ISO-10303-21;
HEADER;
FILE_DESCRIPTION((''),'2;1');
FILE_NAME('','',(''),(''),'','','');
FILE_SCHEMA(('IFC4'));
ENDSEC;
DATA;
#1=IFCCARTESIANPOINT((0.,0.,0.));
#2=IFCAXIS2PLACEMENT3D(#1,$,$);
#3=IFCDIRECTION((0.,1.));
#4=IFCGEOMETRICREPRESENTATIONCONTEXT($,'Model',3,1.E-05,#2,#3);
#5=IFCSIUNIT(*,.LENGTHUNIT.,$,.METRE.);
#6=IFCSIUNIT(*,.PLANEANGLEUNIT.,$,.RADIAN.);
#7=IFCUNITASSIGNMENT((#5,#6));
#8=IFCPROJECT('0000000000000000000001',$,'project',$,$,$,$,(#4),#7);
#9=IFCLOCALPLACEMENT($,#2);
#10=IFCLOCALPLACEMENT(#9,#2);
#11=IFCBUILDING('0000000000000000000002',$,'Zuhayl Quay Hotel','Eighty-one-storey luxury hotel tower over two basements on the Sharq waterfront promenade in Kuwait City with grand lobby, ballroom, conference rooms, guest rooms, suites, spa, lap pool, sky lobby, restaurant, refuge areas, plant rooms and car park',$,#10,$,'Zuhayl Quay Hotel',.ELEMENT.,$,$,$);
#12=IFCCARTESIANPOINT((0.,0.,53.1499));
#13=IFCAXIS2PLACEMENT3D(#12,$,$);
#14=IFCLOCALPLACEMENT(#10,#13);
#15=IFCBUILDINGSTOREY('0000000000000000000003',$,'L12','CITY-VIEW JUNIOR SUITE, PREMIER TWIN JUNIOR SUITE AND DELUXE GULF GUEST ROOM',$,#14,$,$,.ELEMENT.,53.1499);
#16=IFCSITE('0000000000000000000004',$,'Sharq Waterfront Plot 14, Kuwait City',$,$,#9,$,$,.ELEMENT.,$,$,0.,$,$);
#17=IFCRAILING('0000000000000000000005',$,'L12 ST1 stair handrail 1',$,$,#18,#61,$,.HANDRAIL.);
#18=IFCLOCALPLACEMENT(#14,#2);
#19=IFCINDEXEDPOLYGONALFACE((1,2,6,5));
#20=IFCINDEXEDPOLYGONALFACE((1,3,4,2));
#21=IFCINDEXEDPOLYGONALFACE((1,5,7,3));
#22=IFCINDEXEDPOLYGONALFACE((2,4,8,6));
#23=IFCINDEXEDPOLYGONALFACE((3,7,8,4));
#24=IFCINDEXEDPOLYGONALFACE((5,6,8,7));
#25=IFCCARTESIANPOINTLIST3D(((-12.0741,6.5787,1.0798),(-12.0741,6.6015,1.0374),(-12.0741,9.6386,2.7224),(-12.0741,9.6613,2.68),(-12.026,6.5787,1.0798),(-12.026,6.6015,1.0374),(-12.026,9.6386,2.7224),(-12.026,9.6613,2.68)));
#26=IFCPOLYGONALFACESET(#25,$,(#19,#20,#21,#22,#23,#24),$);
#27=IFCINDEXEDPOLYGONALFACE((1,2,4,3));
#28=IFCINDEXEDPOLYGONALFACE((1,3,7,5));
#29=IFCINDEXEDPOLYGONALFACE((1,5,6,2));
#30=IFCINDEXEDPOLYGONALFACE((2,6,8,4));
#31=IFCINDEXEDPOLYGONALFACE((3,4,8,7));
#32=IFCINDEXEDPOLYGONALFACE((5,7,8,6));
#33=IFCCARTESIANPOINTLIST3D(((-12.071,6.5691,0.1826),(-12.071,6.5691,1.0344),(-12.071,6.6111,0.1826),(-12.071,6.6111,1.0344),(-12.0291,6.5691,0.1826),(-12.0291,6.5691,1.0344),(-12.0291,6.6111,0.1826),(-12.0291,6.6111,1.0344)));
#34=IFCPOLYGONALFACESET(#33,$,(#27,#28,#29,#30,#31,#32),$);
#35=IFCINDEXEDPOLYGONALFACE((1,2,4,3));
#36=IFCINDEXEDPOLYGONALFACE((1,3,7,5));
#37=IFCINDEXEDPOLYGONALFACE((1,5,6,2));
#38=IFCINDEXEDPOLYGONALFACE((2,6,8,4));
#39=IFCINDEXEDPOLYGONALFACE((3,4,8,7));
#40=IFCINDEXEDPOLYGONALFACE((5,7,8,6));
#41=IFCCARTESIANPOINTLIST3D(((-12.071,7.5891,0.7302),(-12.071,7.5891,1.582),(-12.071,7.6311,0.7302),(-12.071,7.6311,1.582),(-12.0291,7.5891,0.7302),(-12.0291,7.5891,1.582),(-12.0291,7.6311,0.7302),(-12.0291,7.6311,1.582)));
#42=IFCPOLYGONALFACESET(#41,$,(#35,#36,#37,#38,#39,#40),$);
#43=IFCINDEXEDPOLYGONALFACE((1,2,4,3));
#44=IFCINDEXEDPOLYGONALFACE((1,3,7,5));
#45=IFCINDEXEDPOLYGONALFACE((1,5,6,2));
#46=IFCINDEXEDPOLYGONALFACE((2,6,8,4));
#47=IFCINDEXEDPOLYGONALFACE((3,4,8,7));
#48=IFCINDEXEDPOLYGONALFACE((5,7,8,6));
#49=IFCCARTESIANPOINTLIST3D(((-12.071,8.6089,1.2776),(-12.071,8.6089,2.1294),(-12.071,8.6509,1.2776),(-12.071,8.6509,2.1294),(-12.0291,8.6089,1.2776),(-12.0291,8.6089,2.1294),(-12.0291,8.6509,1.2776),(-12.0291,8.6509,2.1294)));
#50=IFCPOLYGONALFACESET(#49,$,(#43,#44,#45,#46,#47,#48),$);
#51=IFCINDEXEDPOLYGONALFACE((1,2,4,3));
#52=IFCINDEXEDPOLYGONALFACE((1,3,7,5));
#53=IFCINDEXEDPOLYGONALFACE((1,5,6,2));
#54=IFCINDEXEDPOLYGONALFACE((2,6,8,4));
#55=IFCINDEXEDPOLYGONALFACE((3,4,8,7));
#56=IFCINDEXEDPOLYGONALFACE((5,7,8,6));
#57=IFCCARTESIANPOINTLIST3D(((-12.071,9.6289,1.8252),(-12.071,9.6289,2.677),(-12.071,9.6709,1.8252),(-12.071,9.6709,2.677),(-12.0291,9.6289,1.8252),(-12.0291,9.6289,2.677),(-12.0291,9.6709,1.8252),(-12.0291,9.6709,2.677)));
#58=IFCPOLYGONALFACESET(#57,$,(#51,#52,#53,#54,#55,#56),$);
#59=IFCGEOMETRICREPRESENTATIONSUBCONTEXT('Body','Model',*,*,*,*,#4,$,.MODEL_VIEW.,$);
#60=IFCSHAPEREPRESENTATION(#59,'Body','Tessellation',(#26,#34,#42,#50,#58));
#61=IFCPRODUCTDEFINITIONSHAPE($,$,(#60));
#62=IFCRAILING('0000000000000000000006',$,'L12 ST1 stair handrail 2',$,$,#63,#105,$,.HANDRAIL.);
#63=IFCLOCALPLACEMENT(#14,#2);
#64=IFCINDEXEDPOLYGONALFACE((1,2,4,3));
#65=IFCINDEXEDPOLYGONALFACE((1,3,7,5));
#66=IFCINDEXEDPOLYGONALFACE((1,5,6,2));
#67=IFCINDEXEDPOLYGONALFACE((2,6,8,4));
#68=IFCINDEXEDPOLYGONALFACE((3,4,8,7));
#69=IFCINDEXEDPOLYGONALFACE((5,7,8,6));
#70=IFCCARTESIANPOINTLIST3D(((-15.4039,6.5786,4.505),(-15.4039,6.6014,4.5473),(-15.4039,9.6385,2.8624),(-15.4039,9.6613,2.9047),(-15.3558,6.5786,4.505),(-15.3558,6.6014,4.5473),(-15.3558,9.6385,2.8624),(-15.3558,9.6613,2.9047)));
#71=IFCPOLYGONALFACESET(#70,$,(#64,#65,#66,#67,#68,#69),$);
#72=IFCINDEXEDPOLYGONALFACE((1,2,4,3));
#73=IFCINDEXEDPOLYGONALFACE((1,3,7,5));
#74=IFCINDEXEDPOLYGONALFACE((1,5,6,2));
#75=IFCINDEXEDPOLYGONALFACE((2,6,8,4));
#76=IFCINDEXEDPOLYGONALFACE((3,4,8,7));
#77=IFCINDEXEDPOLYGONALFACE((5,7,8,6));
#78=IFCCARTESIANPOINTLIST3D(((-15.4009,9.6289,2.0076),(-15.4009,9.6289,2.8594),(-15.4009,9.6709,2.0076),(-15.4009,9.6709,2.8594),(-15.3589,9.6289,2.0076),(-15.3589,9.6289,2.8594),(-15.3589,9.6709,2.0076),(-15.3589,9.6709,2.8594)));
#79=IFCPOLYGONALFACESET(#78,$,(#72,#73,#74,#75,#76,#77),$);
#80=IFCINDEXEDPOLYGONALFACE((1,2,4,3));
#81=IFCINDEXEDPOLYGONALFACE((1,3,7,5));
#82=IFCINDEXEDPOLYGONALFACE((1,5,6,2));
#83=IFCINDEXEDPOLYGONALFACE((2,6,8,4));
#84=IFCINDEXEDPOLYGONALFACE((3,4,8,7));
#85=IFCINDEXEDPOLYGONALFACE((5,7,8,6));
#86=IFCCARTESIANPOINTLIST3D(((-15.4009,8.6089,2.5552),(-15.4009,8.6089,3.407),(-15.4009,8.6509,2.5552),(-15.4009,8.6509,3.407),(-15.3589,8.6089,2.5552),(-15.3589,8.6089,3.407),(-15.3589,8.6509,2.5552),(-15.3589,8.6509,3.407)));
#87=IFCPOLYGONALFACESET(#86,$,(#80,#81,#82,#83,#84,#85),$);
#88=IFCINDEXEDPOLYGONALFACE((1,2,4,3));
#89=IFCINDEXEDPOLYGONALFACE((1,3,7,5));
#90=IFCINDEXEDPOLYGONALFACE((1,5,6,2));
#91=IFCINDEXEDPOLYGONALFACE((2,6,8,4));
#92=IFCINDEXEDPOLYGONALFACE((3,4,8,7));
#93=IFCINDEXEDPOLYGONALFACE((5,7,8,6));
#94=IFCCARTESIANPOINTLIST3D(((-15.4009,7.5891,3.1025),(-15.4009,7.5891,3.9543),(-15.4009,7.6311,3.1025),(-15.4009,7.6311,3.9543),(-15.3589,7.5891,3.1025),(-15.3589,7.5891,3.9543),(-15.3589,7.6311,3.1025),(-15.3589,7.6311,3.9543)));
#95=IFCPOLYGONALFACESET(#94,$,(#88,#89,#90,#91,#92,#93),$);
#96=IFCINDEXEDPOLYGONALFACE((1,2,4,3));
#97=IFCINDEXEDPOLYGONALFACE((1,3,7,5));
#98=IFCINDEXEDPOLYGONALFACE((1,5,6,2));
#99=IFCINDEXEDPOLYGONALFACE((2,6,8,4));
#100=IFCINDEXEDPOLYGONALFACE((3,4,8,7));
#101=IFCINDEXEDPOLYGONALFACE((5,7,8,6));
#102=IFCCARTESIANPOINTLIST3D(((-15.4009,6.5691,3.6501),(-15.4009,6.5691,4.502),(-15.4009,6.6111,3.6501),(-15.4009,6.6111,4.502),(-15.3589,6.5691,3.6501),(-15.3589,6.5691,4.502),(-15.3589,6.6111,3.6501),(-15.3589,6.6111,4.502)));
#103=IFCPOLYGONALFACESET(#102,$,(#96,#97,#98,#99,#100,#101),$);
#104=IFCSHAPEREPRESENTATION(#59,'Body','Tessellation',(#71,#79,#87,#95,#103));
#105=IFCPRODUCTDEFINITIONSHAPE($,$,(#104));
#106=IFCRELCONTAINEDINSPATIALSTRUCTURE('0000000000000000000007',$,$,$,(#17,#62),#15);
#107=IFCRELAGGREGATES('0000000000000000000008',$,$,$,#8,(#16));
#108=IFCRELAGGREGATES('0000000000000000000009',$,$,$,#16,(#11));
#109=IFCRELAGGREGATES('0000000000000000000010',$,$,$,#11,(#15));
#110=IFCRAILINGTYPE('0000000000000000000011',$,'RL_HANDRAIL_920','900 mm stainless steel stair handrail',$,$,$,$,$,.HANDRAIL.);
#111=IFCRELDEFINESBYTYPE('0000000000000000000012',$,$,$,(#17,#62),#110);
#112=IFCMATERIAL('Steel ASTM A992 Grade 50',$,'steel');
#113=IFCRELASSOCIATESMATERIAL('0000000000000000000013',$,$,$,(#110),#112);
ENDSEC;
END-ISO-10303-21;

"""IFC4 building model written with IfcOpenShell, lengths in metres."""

from ifc_helpers import new_model, si_unit, direction, frame, origin, origin_2d, place, context, subcontext, project, spatial, rectangle, extrude, material, type_object, element, save


model = new_model("IFC4")

# Units and contexts
model_context = context("Model", 3, precision=1e-05, world=origin(), true_north=direction((0.0, 1.0)))
body_context = subcontext(model_context, "Body", "Model", "MODEL_VIEW")
ifc_project = project(units=[si_unit("LENGTHUNIT", "METRE"), si_unit("PLANEANGLEUNIT", "RADIAN")], contexts=[model_context])

# Site, building, storey
site_placement = place(None, origin())
site = spatial("IfcSite", under=ifc_project, at=site_placement, Name="Sharq Waterfront Plot 14, Kuwait City", CompositionType="ELEMENT", RefElevation=0.0)
building_placement = place(site_placement, origin())
building = spatial("IfcBuilding", under=site, at=building_placement, Name="Zuhayl Quay Hotel", Description="Eighty-one-storey luxury hotel tower over two basements on the Sharq waterfront promenade in Kuwait City with grand lobby, ballroom, conference rooms, guest rooms, suites, spa, lap pool, sky lobby, restaurant, refuge areas, plant rooms and car park", LongName="Zuhayl Quay Hotel", CompositionType="ELEMENT")
storey_placement = place(building_placement, frame((0.0, 0.0, 53.1499)))
storey = spatial("IfcBuildingStorey", under=building, at=storey_placement, Name="L12", Description="CITY-VIEW JUNIOR SUITE, PREMIER TWIN JUNIOR SUITE AND DELUXE GULF GUEST ROOM", CompositionType="ELEMENT", Elevation=53.1499)

# Shared definitions
ifc_material_1 = material(Name="Steel ASTM A992 Grade 50", Category="steel")

# Railings
railing_type_1 = type_object("IfcRailingType", Name="RL_HANDRAIL_920", Description="900 mm stainless steel stair handrail", PredefinedType="HANDRAIL", material=ifc_material_1)
railing_1_placement = place(storey_placement, frame((-12.05, 6.5901, 0.1826)))
element("IfcRailing", 1, at=railing_1_placement, inside=storey, type_object=railing_type_1, Name="L12 ST1 stair handrail 1", PredefinedType="HANDRAIL", context=body_context, shape_type="SweptSolid", body=[
    extrude(rectangle(XDim=0.0481, YDim=0.0481, at=origin_2d()), frame((0.0, 0.0, 0.876), z_axis=(0.0, 0.881073, 0.47298), x_axis=(-1.0, 0.0, 0.0)), (0.0, 0.0, 1.0), 3.4729),
    extrude(rectangle(XDim=0.042, YDim=0.042, at=origin_2d()), origin(), (0.0, 0.0, 1.0), 0.8518),
    extrude(rectangle(XDim=0.042, YDim=0.042, at=origin_2d()), frame((0.0, 1.02, 0.5476)), (0.0, 0.0, 1.0), 0.8518),
    extrude(rectangle(XDim=0.042, YDim=0.042, at=origin_2d()), frame((0.0, 2.0398, 1.095)), (0.0, 0.0, 1.0), 0.8518),
    extrude(rectangle(XDim=0.042, YDim=0.042, at=origin_2d()), frame((0.0, 3.0598, 1.6426)), (0.0, 0.0, 1.0), 0.8518),
])
railing_2_placement = place(storey_placement, frame((-15.3799, 9.6499, 2.0076)))
element("IfcRailing", 2, at=railing_2_placement, inside=storey, type_object=railing_type_1, Name="L12 ST1 stair handrail 2", PredefinedType="HANDRAIL", context=body_context, shape_type="SweptSolid", body=[
    extrude(rectangle(XDim=0.0481, YDim=0.0481, at=origin_2d()), frame((0.0, 0.0, 0.876), z_axis=(0.0, -0.881073, 0.47298), x_axis=(1.0, 0.0, 0.0)), (0.0, 0.0, 1.0), 3.4729),
    extrude(rectangle(XDim=0.042, YDim=0.042, at=origin_2d()), origin(), (0.0, 0.0, 1.0), 0.8518),
    extrude(rectangle(XDim=0.042, YDim=0.042, at=origin_2d()), frame((0.0, -1.02, 0.5476)), (0.0, 0.0, 1.0), 0.8518),
    extrude(rectangle(XDim=0.042, YDim=0.042, at=origin_2d()), frame((0.0, -2.0398, 1.095)), (0.0, 0.0, 1.0), 0.8518),
    extrude(rectangle(XDim=0.042, YDim=0.042, at=origin_2d()), frame((0.0, -3.0598, 1.6426)), (0.0, 0.0, 1.0), 0.8518),
])

save(model, "model.ifc")
